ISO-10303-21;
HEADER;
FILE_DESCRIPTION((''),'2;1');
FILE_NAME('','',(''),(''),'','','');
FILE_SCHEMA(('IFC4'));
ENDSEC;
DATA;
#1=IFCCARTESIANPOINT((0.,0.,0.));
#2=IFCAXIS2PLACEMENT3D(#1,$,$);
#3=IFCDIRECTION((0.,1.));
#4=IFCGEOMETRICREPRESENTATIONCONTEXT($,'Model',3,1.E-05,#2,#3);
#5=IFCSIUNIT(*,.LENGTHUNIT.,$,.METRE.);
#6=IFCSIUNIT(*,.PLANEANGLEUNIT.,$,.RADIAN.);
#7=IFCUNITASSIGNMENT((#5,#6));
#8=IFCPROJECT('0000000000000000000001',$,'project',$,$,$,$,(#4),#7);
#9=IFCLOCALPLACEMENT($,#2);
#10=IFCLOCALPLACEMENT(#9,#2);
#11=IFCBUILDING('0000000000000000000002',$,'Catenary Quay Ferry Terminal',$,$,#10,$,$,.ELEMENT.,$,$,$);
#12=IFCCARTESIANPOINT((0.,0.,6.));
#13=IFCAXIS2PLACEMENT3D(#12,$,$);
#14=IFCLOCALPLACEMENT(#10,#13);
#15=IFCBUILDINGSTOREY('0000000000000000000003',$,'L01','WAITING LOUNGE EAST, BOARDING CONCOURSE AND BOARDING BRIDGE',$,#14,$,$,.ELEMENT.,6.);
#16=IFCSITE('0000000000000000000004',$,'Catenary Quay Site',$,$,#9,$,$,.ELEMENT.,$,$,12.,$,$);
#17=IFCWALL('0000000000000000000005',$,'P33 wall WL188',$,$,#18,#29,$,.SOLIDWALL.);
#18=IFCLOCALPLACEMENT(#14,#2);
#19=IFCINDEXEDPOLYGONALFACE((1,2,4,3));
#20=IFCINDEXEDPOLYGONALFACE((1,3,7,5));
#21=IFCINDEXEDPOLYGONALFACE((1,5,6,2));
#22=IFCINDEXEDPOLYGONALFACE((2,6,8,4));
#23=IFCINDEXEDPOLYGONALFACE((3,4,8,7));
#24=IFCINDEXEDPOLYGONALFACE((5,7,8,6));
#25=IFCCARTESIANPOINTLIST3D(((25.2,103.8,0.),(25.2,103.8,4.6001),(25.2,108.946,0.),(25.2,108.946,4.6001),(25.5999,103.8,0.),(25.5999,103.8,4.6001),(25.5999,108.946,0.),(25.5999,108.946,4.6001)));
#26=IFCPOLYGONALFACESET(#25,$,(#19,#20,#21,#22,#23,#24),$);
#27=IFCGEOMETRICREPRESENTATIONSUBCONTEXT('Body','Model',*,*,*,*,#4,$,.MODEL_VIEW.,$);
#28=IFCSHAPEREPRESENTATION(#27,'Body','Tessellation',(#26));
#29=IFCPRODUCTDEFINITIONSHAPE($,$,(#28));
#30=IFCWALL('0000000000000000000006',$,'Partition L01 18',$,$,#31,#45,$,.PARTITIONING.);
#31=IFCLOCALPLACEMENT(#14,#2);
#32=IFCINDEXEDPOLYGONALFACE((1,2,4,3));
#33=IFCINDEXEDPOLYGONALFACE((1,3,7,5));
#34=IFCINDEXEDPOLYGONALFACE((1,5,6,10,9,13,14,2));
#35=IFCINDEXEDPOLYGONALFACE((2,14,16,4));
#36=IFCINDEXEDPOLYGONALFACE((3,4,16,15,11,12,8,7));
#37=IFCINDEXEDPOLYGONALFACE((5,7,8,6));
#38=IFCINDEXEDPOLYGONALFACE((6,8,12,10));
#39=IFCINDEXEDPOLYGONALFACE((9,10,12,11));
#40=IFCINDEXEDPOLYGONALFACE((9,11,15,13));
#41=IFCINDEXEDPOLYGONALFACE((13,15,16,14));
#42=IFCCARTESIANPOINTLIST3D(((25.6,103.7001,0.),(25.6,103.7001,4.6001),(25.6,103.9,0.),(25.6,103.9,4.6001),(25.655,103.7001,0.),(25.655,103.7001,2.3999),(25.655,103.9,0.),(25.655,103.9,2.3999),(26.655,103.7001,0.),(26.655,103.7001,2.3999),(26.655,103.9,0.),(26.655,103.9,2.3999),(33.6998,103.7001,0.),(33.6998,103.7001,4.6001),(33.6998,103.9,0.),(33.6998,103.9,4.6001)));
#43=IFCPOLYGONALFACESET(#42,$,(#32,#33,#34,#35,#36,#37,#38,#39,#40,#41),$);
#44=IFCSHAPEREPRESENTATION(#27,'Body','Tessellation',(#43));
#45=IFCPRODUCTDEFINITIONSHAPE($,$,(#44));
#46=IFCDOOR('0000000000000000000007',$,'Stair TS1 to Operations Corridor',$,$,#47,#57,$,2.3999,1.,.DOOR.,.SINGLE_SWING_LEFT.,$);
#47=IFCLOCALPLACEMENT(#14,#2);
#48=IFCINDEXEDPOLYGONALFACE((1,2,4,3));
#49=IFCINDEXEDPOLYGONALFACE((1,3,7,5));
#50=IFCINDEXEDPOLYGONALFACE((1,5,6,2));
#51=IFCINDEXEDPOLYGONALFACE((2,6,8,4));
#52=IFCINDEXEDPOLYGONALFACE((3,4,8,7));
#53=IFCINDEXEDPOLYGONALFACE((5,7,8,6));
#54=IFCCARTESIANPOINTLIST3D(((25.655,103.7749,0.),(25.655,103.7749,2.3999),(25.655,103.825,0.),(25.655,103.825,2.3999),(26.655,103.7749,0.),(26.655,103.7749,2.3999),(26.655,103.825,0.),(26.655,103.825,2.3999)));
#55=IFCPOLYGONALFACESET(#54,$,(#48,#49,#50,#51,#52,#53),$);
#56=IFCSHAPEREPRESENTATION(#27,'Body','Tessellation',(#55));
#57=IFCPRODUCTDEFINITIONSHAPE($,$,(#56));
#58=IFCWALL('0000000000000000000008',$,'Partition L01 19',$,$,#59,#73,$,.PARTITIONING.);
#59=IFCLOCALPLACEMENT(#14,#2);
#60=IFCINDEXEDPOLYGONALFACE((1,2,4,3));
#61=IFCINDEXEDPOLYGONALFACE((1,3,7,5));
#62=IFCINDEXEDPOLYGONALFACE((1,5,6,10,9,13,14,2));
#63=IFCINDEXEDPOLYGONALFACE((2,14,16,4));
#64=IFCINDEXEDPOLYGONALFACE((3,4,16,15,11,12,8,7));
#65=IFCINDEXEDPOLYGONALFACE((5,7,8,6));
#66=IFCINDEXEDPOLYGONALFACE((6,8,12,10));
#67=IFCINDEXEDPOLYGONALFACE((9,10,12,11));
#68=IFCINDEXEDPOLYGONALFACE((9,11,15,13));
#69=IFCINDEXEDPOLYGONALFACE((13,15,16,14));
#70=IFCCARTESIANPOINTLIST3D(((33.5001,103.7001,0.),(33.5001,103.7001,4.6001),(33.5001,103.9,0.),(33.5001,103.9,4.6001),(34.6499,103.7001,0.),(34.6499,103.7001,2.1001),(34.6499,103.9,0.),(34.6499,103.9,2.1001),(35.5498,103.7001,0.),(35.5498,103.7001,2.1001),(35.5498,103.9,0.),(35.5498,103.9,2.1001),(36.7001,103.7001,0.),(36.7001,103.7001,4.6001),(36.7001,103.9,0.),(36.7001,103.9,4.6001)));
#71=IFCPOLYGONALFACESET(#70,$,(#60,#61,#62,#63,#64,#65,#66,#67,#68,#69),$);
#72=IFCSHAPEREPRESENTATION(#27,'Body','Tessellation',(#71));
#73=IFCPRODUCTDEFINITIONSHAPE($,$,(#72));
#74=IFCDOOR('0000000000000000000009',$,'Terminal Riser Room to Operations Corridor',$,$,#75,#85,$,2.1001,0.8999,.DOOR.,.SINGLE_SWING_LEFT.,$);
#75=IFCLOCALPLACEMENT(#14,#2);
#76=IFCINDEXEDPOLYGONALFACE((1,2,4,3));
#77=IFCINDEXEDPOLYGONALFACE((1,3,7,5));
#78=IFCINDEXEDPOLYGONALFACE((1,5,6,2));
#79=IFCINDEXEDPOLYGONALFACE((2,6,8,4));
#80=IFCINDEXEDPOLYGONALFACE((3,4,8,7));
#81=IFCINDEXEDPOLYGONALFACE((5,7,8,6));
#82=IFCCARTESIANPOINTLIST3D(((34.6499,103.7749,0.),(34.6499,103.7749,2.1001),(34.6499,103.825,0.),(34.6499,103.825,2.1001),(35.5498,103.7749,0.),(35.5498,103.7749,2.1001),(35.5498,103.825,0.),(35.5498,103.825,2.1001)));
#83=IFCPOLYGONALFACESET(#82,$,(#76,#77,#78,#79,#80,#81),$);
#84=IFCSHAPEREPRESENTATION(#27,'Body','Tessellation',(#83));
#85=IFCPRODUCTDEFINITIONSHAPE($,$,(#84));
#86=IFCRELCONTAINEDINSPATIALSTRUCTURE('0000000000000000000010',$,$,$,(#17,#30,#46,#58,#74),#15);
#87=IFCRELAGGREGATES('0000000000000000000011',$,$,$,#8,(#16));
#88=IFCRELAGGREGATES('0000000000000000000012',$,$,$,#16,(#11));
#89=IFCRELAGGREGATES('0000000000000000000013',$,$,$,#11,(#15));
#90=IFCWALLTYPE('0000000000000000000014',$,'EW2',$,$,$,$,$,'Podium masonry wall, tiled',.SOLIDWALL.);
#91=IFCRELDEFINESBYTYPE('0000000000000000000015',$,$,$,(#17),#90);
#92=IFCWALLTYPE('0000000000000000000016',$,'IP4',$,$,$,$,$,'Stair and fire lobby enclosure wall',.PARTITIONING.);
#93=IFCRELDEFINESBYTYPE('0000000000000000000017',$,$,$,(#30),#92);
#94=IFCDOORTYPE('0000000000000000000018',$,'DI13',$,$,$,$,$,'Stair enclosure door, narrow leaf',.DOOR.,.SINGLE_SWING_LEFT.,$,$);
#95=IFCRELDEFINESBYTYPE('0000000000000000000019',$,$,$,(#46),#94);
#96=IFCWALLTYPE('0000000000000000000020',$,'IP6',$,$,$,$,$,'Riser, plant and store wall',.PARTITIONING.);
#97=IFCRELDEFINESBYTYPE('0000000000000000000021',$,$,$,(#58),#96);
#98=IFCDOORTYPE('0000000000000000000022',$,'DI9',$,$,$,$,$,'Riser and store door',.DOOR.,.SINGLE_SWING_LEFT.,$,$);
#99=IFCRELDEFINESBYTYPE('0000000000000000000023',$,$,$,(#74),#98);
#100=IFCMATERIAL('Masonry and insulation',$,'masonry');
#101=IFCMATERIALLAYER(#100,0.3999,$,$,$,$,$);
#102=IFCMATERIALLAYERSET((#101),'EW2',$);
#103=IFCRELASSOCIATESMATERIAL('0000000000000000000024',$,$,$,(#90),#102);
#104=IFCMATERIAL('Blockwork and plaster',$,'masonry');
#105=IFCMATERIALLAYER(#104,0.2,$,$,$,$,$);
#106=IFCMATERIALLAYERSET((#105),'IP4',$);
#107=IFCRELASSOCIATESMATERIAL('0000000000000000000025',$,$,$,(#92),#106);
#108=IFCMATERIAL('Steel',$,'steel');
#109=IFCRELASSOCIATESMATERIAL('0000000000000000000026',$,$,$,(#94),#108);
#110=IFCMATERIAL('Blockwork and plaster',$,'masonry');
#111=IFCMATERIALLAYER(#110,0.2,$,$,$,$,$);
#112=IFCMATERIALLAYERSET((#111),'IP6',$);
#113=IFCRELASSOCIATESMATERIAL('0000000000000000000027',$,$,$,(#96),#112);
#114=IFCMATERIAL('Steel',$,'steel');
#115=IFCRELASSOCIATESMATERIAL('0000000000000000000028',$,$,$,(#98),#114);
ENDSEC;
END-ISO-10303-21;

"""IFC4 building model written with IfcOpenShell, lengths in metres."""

from ifc_helpers import new_model, si_unit, direction, frame, frame_2d, origin, place, context, subcontext, project, spatial, rectangle, extrude, material, layer, layer_set, type_object, element, fill, save


model = new_model("IFC4")

# Units and contexts
model_context = context("Model", 3, precision=1e-05, world=origin(), true_north=direction((0.0, 1.0)))
body_context = subcontext(model_context, "Body", "Model", "MODEL_VIEW")
ifc_project = project(units=[si_unit("LENGTHUNIT", "METRE"), si_unit("PLANEANGLEUNIT", "RADIAN")], contexts=[model_context])

# Site, building, storey
site_placement = place(None, origin())
site = spatial("IfcSite", under=ifc_project, at=site_placement, Name="Catenary Quay Site", CompositionType="ELEMENT", RefElevation=12.0)
building_placement = place(site_placement, origin())
building = spatial("IfcBuilding", under=site, at=building_placement, Name="Catenary Quay Ferry Terminal", CompositionType="ELEMENT")
storey_placement = place(building_placement, frame((0.0, 0.0, 6.0)))
storey = spatial("IfcBuildingStorey", under=building, at=storey_placement, Name="L01", Description="WAITING LOUNGE EAST, BOARDING CONCOURSE AND BOARDING BRIDGE", CompositionType="ELEMENT", Elevation=6.0)

# Shared definitions
ifc_material_1 = material(Name="Masonry and insulation", Category="masonry")
ifc_layer_1 = layer(ifc_material_1, 0.3999)
ifc_layer_set_1 = layer_set([ifc_layer_1], Name="EW2")
wall_type_1 = type_object("IfcWallType", Name="EW2", ElementType="Podium masonry wall, tiled", PredefinedType="SOLIDWALL", material=ifc_layer_set_1)

# Wall
wall_1_placement = place(storey_placement, frame((25.3999, 103.8, 0.0), z_axis=(0.0, 0.0, 1.0), x_axis=(0.0, 1.0, 0.0)))
element("IfcWall", 1, at=wall_1_placement, inside=storey, type_object=wall_type_1, Name="P33 wall WL188", PredefinedType="SOLIDWALL", context=body_context, shape_type="SweptSolid", body=[
    extrude(rectangle(XDim=5.146, YDim=0.3999, at=frame_2d((2.573, 0.0))), origin(), (0.0, 0.0, 1.0), 4.6001),
])

# Walls, openings, doors
ifc_material_2 = material(Name="Blockwork and plaster", Category="masonry")
ifc_layer_2 = layer(ifc_material_2, 0.2)
ifc_layer_set_2 = layer_set([ifc_layer_2], Name="IP4")
wall_type_2 = type_object("IfcWallType", Name="IP4", ElementType="Stair and fire lobby enclosure wall", PredefinedType="PARTITIONING", material=ifc_layer_set_2)
wall_2_placement = place(storey_placement, frame((25.6001, 103.8, 0.0), z_axis=(0.0, 0.0, 1.0), x_axis=(1.0, 0.0, 0.0)))
wall_2 = element("IfcWall", 2, at=wall_2_placement, inside=storey, type_object=wall_type_2, Name="Partition L01 18", PredefinedType="PARTITIONING", context=body_context, shape_type="SweptSolid", body=[
    extrude(rectangle(XDim=8.0999, YDim=0.2, at=frame_2d((4.0498, 0.0))), origin(), (0.0, 0.0, 1.0), 4.6001),
])
opening_1_placement = place(wall_2_placement, frame((0.0549, 0.0, 0.0)))
opening_1 = element("IfcOpeningElement", 3, at=opening_1_placement, cuts=wall_2, PredefinedType="OPENING", context=body_context, shape_type="SweptSolid", body=[
    extrude(rectangle(XDim=1.0, YDim=2.3999, at=frame_2d((0.5, 1.2))), frame((0.0, 0.1099, 0.0), z_axis=(0.0, -1.0, 0.0), x_axis=(1.0, 0.0, 0.0)), (0.0, 0.0, 1.0), 0.22),
])
ifc_material_3 = material(Name="Steel", Category="steel")
door_type_1 = type_object("IfcDoorType", Name="DI13", ElementType="Stair enclosure door, narrow leaf", OperationType="SINGLE_SWING_LEFT", PredefinedType="DOOR", material=ifc_material_3)
door_1_placement = place(opening_1_placement, origin())
door_1 = element("IfcDoor", 4, at=door_1_placement, inside=storey, type_object=door_type_1, Name="Stair TS1 to Operations Corridor", OperationType="SINGLE_SWING_LEFT", OverallHeight=2.3999, OverallWidth=1.0, PredefinedType="DOOR", context=body_context, shape_type="SweptSolid", body=[
    extrude(rectangle(XDim=1.0, YDim=2.3999, at=frame_2d((0.5, 1.2))), frame((0.0, 0.0249, 0.0), z_axis=(0.0, -1.0, 0.0), x_axis=(1.0, 0.0, 0.0)), (0.0, 0.0, 1.0), 0.05),
])
fill(opening_1, door_1)
ifc_material_4 = material(Name="Blockwork and plaster", Category="masonry")
ifc_layer_3 = layer(ifc_material_4, 0.2)
ifc_layer_set_3 = layer_set([ifc_layer_3], Name="IP6")
wall_type_3 = type_object("IfcWallType", Name="IP6", ElementType="Riser, plant and store wall", PredefinedType="PARTITIONING", material=ifc_layer_set_3)
wall_3_placement = place(storey_placement, frame((33.5, 103.8, 0.0), z_axis=(0.0, 0.0, 1.0), x_axis=(1.0, 0.0, 0.0)))
wall_3 = element("IfcWall", 5, at=wall_3_placement, inside=storey, type_object=wall_type_3, Name="Partition L01 19", PredefinedType="PARTITIONING", context=body_context, shape_type="SweptSolid", body=[
    extrude(rectangle(XDim=3.2, YDim=0.2, at=frame_2d((1.6001, 0.0))), origin(), (0.0, 0.0, 1.0), 4.6001),
])
opening_2_placement = place(wall_3_placement, frame((1.1499, 0.0, 0.0)))
opening_2 = element("IfcOpeningElement", 6, at=opening_2_placement, cuts=wall_3, PredefinedType="OPENING", context=body_context, shape_type="SweptSolid", body=[
    extrude(rectangle(XDim=0.8999, YDim=2.1001, at=frame_2d((0.45, 1.05))), frame((0.0, 0.1099, 0.0), z_axis=(0.0, -1.0, 0.0), x_axis=(1.0, 0.0, 0.0)), (0.0, 0.0, 1.0), 0.22),
])
ifc_material_5 = material(Name="Steel", Category="steel")
door_type_2 = type_object("IfcDoorType", Name="DI9", ElementType="Riser and store door", OperationType="SINGLE_SWING_LEFT", PredefinedType="DOOR", material=ifc_material_5)
door_2_placement = place(opening_2_placement, origin())
door_2 = element("IfcDoor", 7, at=door_2_placement, inside=storey, type_object=door_type_2, Name="Terminal Riser Room to Operations Corridor", OperationType="SINGLE_SWING_LEFT", OverallHeight=2.1001, OverallWidth=0.8999, PredefinedType="DOOR", context=body_context, shape_type="SweptSolid", body=[
    extrude(rectangle(XDim=0.8999, YDim=2.1001, at=frame_2d((0.45, 1.05))), frame((0.0, 0.0249, 0.0), z_axis=(0.0, -1.0, 0.0), x_axis=(1.0, 0.0, 0.0)), (0.0, 0.0, 1.0), 0.05),
])
fill(opening_2, door_2)

save(model, "model.ifc")
